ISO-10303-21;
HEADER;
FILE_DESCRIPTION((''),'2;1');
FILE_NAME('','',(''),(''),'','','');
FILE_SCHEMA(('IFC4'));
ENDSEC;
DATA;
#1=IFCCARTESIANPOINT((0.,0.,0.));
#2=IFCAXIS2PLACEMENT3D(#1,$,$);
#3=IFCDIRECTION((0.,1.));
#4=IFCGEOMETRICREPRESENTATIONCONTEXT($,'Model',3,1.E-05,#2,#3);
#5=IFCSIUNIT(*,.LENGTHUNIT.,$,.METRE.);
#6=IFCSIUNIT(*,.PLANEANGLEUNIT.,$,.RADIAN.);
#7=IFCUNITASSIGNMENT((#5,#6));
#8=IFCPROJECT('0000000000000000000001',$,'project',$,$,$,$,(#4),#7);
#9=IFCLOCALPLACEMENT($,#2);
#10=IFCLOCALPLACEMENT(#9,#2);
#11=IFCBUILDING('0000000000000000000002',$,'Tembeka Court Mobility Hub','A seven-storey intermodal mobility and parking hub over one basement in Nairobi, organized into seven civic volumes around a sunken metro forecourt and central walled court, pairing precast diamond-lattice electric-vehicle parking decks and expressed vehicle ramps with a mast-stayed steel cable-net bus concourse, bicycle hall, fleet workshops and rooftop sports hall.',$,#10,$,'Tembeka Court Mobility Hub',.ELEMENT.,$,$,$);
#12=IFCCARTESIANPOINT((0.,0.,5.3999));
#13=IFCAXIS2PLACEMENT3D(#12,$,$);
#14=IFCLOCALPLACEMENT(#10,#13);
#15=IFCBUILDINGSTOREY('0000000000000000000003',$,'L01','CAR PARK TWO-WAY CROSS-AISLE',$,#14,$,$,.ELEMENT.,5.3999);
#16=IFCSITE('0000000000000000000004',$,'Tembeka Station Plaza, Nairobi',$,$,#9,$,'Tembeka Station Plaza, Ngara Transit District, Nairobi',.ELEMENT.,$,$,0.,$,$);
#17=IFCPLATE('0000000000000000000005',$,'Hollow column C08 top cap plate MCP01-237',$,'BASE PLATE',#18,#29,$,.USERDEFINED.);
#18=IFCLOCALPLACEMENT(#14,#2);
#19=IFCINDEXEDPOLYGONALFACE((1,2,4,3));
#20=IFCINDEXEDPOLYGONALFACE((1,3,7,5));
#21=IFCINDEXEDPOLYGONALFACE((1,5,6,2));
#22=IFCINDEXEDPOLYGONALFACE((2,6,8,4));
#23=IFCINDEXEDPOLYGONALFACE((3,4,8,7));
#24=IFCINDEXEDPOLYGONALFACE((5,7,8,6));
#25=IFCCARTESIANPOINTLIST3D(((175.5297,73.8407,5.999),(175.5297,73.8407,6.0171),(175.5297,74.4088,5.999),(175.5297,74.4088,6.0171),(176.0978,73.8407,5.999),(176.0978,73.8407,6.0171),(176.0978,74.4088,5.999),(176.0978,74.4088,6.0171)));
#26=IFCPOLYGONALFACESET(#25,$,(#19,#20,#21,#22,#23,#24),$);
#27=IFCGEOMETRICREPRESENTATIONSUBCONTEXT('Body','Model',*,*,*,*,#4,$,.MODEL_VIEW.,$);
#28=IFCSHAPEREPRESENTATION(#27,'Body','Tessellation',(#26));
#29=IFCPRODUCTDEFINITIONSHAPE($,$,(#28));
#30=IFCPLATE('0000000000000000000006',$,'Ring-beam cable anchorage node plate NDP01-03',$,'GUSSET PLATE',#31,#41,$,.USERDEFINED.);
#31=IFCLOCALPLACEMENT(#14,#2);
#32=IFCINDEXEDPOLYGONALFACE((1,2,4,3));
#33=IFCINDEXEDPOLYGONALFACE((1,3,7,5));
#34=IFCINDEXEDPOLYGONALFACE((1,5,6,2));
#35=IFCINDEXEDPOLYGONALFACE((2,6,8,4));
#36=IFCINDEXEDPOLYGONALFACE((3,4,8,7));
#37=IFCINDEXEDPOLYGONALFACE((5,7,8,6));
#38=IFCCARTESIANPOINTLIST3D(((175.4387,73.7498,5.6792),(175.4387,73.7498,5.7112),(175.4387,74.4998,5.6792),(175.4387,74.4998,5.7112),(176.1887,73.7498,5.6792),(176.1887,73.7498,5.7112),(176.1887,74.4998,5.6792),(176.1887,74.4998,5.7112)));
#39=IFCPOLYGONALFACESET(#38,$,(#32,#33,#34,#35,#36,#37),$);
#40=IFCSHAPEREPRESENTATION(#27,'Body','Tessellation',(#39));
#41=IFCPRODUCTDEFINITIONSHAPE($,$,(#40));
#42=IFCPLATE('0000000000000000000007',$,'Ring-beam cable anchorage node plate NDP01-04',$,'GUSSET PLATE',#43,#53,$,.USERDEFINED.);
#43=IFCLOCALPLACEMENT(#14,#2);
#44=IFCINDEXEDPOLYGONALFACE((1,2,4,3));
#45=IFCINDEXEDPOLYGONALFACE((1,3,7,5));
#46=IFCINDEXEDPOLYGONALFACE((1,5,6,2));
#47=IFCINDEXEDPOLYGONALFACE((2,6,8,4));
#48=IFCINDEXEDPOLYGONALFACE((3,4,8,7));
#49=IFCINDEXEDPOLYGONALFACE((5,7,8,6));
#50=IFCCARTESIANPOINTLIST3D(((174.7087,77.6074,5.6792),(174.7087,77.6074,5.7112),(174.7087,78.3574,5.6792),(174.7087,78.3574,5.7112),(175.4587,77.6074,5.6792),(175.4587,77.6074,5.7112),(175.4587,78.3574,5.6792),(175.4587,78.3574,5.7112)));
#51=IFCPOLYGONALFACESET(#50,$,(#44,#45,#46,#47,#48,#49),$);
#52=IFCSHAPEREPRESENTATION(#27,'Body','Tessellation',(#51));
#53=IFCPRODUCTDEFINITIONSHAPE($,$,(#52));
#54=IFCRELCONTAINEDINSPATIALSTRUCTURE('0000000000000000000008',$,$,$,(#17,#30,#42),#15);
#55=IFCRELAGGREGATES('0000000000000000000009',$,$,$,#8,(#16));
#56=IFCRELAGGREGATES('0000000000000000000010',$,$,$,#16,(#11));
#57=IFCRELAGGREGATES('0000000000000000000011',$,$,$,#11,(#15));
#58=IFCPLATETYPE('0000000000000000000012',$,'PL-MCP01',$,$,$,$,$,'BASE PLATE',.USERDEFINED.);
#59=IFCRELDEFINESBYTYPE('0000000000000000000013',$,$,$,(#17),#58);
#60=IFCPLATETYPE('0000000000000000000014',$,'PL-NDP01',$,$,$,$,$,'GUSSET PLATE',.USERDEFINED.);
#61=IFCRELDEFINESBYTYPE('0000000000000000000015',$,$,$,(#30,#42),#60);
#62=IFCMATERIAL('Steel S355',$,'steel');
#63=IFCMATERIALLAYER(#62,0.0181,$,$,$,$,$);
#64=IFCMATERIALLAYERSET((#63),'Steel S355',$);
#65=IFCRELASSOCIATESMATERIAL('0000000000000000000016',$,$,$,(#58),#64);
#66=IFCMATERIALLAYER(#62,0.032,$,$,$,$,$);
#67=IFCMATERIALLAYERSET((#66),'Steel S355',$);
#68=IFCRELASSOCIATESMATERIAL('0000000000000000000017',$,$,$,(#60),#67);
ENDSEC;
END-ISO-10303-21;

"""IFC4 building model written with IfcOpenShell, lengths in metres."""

from ifc_helpers import new_model, si_unit, direction, frame, origin, origin_2d, place, context, subcontext, project, spatial, rectangle, extrude, material, layer, layer_set, type_object, element, save


model = new_model("IFC4")

# Units and contexts
model_context = context("Model", 3, precision=1e-05, world=origin(), true_north=direction((0.0, 1.0)))
body_context = subcontext(model_context, "Body", "Model", "MODEL_VIEW")
ifc_project = project(units=[si_unit("LENGTHUNIT", "METRE"), si_unit("PLANEANGLEUNIT", "RADIAN")], contexts=[model_context])

# Site, building, storey
site_placement = place(None, origin())
site = spatial("IfcSite", under=ifc_project, at=site_placement, Name="Tembeka Station Plaza, Nairobi", LongName="Tembeka Station Plaza, Ngara Transit District, Nairobi", CompositionType="ELEMENT", RefElevation=0.0)
building_placement = place(site_placement, origin())
building = spatial("IfcBuilding", under=site, at=building_placement, Name="Tembeka Court Mobility Hub", Description="A seven-storey intermodal mobility and parking hub over one basement in Nairobi, organized into seven civic volumes around a sunken metro forecourt and central walled court, pairing precast diamond-lattice electric-vehicle parking decks and expressed vehicle ramps with a mast-stayed steel cable-net bus concourse, bicycle hall, fleet workshops and rooftop sports hall.", LongName="Tembeka Court Mobility Hub", CompositionType="ELEMENT")
storey_placement = place(building_placement, frame((0.0, 0.0, 5.3999)))
storey = spatial("IfcBuildingStorey", under=building, at=storey_placement, Name="L01", Description="CAR PARK TWO-WAY CROSS-AISLE", CompositionType="ELEMENT", Elevation=5.3999)

# Shared definitions
ifc_material_1 = material(Name="Steel S355", Category="steel")

# Plates
ifc_layer_1 = layer(ifc_material_1, 0.0181)
ifc_layer_set_1 = layer_set([ifc_layer_1], Name="Steel S355")
plate_type_1 = type_object("IfcPlateType", Name="PL-MCP01", ElementType="BASE PLATE", PredefinedType="USERDEFINED", material=ifc_layer_set_1)
plate_1_placement = place(storey_placement, frame((175.8137, 74.1248, 5.999), z_axis=(0.0, 0.0, 1.0), x_axis=(1.0, 0.0, 0.0)))
element("IfcPlate", 1, at=plate_1_placement, inside=storey, type_object=plate_type_1, Name="Hollow column C08 top cap plate MCP01-237", ObjectType="BASE PLATE", PredefinedType="USERDEFINED", context=body_context, shape_type="SweptSolid", body=[
    extrude(rectangle(XDim=0.5681, YDim=0.5681, at=origin_2d()), origin(), (0.0, 0.0, 1.0), 0.0181),
])
ifc_layer_2 = layer(ifc_material_1, 0.032)
ifc_layer_set_2 = layer_set([ifc_layer_2], Name="Steel S355")
plate_type_2 = type_object("IfcPlateType", Name="PL-NDP01", ElementType="GUSSET PLATE", PredefinedType="USERDEFINED", material=ifc_layer_set_2)
for number, where, z_axis, x_axis, name in (
    (2, (175.8137, 74.1248, 5.6792), (0.0, 0.0, 1.0), (1.0, 0.0, 0.0), "Ring-beam cable anchorage node plate NDP01-03"),
    (3, (175.0837, 77.9824, 5.6792), (0.0, 0.0, 1.0), (1.0, 0.0, 0.0), "Ring-beam cable anchorage node plate NDP01-04"),
):
    element("IfcPlate", number, at=place(storey_placement, frame(where, z_axis=z_axis, x_axis=x_axis)), inside=storey, type_object=plate_type_2, Name=name, ObjectType="GUSSET PLATE", PredefinedType="USERDEFINED", context=body_context, shape_type="SweptSolid", body=[
        extrude(rectangle(XDim=0.75, YDim=0.75, at=origin_2d()), origin(), (0.0, 0.0, 1.0), 0.032),
    ])

save(model, "model.ifc")
